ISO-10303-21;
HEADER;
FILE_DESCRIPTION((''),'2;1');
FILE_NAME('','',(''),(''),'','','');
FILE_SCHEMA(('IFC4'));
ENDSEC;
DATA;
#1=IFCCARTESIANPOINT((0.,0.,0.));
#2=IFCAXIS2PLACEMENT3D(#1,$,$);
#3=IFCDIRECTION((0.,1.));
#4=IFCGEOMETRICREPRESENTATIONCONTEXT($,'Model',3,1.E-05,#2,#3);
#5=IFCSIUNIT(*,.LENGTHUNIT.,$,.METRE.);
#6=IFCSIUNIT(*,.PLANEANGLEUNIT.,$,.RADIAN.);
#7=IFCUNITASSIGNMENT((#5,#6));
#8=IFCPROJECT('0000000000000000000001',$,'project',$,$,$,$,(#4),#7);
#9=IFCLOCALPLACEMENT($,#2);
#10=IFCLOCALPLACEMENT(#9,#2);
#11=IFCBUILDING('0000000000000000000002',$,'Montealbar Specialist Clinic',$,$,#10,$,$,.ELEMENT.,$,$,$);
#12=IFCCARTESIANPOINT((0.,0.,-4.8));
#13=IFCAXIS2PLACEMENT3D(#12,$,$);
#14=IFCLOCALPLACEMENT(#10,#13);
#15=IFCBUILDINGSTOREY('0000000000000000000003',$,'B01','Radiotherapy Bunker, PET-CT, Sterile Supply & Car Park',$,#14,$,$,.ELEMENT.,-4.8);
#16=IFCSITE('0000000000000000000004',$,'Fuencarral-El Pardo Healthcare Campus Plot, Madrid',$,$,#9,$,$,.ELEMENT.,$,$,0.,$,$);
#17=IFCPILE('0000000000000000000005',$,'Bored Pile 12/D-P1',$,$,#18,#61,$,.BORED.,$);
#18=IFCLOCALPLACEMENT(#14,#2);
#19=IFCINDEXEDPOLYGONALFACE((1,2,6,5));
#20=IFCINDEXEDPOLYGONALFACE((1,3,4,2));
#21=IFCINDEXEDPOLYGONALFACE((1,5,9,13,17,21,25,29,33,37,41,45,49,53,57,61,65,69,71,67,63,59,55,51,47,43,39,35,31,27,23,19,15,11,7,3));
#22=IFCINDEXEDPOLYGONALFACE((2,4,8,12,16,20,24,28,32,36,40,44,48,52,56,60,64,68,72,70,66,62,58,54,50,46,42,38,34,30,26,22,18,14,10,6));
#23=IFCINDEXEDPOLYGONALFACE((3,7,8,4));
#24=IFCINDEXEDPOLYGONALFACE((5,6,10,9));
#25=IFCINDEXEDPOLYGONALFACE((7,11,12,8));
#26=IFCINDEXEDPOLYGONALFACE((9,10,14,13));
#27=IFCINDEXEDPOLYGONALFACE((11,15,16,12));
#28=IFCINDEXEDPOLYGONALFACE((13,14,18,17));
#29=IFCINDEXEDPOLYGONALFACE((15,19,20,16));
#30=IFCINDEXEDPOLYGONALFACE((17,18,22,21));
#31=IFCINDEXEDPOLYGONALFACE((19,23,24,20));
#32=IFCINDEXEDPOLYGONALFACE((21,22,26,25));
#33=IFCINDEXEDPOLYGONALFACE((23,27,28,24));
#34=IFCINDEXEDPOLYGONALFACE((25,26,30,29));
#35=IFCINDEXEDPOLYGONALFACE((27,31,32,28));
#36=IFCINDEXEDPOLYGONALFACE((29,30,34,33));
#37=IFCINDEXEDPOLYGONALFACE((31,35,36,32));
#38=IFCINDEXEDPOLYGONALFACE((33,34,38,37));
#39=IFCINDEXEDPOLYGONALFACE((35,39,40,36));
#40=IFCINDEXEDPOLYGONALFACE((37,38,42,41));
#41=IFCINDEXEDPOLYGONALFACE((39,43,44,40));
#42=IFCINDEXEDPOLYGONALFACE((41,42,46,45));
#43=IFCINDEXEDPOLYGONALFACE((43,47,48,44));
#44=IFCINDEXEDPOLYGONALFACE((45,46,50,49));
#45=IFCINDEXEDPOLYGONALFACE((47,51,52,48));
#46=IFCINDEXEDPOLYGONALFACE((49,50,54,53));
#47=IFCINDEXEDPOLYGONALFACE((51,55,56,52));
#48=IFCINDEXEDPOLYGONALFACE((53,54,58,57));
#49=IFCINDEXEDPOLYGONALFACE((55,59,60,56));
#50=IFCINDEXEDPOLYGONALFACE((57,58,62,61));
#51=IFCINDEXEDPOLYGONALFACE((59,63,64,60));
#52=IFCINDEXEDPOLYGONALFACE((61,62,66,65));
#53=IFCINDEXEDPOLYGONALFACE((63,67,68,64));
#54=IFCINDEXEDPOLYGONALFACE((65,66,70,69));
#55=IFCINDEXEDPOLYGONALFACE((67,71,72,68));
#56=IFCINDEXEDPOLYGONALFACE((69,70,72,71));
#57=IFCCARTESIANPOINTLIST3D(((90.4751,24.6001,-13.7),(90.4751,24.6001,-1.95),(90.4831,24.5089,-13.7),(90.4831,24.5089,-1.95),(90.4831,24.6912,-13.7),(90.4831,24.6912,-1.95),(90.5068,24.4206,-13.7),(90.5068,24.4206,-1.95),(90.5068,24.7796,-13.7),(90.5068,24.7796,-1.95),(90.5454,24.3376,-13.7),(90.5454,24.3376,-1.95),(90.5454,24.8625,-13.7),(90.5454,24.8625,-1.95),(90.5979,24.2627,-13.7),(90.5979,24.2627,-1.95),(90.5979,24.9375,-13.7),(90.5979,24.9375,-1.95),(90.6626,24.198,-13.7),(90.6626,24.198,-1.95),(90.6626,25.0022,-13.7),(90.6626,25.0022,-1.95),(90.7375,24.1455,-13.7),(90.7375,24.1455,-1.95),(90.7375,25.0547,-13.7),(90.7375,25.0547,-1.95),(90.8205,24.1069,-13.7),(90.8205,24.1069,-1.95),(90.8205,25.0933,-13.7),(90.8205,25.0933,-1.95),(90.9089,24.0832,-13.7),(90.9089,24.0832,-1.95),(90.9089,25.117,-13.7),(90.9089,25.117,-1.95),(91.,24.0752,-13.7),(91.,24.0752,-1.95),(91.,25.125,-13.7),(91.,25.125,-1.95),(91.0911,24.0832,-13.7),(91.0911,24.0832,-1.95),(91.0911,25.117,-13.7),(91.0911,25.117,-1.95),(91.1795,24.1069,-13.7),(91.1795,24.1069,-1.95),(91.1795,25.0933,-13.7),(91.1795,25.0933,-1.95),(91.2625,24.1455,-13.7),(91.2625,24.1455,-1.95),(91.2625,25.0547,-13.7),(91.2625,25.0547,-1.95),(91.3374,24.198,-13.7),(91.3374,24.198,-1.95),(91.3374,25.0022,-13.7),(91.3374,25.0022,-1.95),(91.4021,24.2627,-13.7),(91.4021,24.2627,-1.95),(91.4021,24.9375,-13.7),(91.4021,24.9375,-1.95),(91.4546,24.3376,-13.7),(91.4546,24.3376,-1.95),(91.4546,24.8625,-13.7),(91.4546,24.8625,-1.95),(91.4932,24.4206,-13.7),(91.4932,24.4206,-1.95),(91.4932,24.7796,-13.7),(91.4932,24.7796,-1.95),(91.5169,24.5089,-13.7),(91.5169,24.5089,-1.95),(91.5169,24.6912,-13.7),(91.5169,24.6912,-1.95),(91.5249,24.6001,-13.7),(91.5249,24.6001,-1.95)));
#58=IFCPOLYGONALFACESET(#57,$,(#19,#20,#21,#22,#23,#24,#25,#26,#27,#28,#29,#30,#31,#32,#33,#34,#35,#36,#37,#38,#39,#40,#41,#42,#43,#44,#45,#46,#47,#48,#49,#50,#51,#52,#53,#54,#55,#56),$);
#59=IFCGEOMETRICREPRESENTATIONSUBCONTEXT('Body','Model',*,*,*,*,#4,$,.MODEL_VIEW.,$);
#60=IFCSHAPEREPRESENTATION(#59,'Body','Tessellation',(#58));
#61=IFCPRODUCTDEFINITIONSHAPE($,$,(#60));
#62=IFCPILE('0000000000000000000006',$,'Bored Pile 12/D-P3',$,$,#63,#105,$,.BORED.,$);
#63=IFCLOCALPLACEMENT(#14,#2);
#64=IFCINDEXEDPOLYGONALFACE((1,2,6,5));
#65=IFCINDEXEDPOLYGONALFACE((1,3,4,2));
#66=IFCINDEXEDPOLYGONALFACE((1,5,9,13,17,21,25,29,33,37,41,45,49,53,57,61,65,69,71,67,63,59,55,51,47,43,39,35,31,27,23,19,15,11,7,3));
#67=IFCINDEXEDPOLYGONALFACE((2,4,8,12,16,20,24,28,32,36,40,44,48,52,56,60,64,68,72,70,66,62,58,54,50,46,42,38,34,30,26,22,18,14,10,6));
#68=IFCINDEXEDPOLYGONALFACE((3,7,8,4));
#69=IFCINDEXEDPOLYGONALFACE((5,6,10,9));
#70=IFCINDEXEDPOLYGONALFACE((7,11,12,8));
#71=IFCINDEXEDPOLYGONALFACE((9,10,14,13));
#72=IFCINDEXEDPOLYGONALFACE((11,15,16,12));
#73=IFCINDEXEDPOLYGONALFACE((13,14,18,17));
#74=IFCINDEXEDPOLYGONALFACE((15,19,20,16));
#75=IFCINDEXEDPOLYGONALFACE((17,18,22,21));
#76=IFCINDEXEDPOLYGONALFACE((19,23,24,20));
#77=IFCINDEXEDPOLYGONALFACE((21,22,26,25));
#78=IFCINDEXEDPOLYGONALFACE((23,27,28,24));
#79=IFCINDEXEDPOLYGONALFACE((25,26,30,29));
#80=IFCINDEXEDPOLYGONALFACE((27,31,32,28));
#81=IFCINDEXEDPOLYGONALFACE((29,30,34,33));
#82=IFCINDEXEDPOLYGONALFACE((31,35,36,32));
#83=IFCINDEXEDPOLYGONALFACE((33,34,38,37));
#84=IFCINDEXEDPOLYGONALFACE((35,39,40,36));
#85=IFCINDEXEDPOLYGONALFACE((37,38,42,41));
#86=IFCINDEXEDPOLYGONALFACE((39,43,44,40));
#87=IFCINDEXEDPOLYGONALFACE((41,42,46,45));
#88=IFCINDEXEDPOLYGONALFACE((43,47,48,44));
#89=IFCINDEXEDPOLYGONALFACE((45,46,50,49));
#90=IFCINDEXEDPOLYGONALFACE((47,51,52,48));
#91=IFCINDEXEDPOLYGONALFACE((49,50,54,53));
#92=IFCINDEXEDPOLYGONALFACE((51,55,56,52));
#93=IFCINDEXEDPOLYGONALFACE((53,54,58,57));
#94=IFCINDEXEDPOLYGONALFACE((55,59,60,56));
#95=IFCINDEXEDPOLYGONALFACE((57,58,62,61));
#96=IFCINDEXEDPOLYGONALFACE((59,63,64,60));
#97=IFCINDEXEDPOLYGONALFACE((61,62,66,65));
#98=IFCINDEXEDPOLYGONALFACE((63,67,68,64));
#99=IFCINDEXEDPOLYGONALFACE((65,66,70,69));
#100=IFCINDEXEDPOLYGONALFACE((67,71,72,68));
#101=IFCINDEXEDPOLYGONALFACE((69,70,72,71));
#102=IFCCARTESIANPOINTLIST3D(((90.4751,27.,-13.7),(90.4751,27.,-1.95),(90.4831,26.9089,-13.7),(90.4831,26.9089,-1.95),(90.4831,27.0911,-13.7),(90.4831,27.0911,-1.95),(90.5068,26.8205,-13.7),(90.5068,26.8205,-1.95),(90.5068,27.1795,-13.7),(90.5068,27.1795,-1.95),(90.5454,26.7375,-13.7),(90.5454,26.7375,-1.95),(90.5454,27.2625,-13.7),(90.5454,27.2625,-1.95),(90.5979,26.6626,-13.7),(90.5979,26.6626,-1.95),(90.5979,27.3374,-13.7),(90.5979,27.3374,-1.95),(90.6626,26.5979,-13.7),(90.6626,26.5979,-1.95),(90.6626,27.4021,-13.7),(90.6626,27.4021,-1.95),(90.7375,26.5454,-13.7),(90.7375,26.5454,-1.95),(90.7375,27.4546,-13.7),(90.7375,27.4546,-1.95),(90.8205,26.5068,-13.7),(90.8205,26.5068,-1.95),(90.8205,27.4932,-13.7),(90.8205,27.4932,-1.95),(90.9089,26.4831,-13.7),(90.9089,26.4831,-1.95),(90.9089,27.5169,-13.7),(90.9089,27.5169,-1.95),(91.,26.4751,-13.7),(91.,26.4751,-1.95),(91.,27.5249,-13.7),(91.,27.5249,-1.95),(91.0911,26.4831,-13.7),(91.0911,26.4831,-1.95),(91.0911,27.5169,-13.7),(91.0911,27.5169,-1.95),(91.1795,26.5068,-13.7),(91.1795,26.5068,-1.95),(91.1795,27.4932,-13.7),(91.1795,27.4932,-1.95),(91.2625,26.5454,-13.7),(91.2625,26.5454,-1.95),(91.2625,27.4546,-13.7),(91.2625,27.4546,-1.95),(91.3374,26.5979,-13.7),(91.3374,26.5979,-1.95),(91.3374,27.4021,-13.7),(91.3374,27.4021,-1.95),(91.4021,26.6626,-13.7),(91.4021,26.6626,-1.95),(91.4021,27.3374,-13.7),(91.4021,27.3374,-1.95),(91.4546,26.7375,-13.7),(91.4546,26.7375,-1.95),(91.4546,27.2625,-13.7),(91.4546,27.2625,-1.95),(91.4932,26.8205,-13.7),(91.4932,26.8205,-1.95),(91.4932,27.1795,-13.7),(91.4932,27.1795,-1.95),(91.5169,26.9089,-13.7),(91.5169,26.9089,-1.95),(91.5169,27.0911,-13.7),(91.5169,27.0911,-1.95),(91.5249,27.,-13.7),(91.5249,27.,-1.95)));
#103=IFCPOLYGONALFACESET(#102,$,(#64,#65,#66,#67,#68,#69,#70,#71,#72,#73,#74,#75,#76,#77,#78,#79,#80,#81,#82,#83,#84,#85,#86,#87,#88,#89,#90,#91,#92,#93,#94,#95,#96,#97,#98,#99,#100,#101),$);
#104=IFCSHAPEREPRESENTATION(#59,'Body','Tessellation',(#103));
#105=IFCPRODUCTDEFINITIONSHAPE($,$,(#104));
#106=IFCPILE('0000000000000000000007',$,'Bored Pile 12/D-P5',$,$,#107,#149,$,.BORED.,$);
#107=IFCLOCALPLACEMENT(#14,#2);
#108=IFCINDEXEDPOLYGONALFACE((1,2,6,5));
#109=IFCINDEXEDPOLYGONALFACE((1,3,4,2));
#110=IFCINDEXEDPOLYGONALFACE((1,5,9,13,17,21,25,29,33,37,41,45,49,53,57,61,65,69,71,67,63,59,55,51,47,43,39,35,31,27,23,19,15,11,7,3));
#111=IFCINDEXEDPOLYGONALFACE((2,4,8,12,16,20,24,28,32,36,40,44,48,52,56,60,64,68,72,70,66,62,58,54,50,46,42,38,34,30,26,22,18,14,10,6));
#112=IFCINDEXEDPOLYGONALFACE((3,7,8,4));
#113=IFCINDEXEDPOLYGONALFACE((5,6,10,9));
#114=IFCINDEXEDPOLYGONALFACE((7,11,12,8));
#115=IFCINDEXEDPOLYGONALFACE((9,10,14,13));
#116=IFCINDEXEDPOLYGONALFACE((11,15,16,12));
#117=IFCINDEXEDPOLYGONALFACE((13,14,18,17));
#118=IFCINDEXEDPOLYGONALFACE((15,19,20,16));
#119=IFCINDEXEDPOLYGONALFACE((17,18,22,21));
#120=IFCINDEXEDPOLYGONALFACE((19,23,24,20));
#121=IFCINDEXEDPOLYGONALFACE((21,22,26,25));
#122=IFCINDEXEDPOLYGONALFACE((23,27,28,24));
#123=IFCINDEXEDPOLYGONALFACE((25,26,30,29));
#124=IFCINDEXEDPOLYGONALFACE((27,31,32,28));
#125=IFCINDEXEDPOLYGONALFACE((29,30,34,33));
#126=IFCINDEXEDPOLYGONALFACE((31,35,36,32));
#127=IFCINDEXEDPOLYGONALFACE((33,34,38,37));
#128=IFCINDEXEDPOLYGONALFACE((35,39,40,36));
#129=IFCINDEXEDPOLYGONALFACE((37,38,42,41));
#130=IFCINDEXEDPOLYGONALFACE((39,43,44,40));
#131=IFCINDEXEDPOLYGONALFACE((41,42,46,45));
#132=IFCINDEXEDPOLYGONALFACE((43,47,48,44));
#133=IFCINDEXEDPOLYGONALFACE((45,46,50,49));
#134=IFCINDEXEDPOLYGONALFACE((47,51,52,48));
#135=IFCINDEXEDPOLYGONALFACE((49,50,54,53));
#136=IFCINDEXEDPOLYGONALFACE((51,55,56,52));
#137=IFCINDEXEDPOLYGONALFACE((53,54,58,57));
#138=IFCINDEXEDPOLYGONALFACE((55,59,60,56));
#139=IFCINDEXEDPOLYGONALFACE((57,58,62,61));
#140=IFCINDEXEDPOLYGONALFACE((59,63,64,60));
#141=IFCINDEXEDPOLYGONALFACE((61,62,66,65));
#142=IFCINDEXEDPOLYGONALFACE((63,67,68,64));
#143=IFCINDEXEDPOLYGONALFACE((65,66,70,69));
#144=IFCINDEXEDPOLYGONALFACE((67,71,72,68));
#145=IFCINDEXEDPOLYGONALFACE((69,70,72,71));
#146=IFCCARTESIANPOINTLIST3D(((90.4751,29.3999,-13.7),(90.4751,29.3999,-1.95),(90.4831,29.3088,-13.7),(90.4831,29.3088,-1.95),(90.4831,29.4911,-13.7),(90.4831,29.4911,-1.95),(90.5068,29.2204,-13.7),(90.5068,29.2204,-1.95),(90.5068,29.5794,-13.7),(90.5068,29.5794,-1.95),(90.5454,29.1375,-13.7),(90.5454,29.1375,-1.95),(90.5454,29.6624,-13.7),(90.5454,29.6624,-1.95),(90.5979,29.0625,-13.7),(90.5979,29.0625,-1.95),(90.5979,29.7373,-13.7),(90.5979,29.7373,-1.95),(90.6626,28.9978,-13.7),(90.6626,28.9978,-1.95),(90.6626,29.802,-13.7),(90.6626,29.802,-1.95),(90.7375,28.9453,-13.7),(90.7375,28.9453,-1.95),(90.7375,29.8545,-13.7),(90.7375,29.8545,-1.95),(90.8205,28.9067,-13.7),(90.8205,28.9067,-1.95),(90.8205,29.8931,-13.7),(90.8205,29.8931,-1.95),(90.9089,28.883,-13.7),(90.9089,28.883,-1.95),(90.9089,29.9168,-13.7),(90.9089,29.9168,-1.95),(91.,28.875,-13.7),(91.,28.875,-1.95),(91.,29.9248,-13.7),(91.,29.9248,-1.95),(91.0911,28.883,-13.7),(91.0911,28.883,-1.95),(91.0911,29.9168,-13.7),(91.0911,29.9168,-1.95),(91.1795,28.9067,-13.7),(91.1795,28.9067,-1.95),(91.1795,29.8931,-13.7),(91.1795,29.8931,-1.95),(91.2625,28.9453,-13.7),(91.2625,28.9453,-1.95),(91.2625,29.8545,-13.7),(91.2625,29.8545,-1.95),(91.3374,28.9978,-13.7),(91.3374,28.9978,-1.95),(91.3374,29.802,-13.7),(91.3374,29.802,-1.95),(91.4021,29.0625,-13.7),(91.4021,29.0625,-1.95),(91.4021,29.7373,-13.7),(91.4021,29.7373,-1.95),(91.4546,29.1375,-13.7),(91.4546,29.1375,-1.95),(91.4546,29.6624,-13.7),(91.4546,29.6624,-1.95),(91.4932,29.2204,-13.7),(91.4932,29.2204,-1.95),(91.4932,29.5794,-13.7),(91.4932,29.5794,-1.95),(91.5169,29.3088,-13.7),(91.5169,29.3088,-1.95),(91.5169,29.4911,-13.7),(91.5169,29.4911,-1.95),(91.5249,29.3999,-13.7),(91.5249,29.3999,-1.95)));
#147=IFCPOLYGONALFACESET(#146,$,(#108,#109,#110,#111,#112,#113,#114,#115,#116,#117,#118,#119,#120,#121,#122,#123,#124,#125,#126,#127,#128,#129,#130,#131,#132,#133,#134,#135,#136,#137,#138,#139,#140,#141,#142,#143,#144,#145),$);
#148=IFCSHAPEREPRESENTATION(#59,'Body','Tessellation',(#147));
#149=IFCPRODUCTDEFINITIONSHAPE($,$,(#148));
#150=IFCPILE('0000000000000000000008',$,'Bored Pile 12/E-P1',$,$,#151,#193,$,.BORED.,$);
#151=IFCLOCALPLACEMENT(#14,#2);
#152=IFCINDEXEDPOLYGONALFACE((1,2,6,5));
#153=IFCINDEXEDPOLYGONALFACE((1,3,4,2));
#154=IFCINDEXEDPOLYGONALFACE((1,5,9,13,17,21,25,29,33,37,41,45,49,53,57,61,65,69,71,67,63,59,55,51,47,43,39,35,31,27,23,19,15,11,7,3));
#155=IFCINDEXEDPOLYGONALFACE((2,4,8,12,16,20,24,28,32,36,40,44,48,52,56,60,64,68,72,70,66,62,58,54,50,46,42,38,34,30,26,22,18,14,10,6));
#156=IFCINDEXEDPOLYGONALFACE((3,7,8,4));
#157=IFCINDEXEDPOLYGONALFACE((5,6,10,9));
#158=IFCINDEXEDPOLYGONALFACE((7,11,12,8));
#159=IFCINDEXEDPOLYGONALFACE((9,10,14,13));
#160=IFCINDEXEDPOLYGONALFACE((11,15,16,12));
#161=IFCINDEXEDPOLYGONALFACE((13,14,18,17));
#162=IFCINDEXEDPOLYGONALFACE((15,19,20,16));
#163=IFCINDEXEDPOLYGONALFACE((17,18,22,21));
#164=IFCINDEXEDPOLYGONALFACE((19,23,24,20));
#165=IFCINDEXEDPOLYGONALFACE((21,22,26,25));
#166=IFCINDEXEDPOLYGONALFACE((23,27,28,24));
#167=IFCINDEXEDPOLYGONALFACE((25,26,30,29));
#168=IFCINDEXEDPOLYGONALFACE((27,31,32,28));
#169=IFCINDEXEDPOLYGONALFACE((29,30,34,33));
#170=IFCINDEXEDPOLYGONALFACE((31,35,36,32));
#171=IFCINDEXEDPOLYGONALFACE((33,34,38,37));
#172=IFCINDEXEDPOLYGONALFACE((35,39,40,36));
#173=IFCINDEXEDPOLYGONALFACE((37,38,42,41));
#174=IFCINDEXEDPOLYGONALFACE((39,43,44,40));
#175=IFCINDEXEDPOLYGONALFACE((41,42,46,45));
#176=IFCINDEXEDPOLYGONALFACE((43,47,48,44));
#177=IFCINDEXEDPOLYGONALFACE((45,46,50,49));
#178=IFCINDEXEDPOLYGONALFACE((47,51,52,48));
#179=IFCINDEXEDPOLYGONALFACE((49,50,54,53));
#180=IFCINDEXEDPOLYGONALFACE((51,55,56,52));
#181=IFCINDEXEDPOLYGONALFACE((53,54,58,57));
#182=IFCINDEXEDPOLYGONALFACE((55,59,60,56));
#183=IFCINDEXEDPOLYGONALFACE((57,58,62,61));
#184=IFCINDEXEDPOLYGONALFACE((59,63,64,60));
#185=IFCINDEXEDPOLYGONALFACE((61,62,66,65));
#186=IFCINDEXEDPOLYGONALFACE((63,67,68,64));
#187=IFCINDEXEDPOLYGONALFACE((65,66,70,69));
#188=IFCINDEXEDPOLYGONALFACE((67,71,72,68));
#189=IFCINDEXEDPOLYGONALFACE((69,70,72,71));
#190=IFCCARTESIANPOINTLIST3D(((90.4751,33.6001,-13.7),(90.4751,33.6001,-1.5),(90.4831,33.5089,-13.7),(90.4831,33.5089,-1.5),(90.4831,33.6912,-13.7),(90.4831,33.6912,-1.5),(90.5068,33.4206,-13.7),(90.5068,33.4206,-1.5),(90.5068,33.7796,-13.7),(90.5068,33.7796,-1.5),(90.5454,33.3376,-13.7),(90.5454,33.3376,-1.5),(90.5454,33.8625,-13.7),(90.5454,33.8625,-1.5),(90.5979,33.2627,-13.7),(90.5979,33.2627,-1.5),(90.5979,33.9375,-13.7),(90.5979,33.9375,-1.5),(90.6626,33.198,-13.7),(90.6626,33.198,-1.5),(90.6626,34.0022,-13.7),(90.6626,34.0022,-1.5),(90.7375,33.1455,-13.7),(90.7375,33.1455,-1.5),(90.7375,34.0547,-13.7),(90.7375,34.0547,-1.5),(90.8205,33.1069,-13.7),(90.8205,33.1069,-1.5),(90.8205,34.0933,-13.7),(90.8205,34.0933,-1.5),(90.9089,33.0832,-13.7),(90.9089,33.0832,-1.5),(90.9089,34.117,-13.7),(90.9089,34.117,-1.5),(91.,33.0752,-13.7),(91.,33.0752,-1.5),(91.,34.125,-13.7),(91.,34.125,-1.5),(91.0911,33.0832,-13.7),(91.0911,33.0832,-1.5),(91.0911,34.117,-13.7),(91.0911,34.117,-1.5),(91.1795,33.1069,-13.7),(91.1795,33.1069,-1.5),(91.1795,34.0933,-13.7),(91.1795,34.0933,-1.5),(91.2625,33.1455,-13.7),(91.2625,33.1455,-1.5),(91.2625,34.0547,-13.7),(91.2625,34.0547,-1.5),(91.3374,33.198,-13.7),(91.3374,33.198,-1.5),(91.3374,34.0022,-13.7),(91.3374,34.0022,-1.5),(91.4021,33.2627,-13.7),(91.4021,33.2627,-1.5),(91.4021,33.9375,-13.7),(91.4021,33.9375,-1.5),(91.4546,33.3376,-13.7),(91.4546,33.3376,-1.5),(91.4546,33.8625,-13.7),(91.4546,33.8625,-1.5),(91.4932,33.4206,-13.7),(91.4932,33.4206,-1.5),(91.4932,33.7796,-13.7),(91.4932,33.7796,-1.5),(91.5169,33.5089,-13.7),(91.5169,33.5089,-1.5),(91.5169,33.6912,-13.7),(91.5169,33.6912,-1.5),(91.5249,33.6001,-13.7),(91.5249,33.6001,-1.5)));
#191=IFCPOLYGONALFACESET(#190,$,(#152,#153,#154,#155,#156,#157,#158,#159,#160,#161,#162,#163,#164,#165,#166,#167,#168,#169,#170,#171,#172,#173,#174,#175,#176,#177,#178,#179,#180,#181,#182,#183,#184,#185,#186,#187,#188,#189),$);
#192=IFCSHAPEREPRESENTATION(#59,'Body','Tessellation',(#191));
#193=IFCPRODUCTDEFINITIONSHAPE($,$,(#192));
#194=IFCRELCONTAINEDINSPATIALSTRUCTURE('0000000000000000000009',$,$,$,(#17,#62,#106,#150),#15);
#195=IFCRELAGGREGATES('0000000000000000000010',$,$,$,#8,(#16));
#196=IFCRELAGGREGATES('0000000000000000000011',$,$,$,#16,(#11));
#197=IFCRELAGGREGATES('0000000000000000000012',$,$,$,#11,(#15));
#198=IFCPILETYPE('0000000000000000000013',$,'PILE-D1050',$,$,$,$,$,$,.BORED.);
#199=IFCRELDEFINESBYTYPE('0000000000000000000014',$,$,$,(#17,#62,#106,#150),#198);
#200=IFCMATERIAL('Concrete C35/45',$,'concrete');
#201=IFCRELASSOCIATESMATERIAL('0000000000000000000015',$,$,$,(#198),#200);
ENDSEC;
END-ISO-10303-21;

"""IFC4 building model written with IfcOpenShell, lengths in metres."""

from ifc_helpers import new_model, si_unit, direction, frame, origin, origin_2d, place, context, subcontext, project, spatial, circle, extrude, material, material_profile, profile_set, type_object, element, save


model = new_model("IFC4")

# Units and contexts
model_context = context("Model", 3, precision=1e-05, world=origin(), true_north=direction((0.0, 1.0)))
body_context = subcontext(model_context, "Body", "Model", "MODEL_VIEW")
ifc_project = project(units=[si_unit("LENGTHUNIT", "METRE"), si_unit("PLANEANGLEUNIT", "RADIAN")], contexts=[model_context])

# Site, building, storey
site_placement = place(None, origin())
site = spatial("IfcSite", under=ifc_project, at=site_placement, Name="Fuencarral-El Pardo Healthcare Campus Plot, Madrid", CompositionType="ELEMENT", RefElevation=0.0)
building_placement = place(site_placement, origin())
building = spatial("IfcBuilding", under=site, at=building_placement, Name="Montealbar Specialist Clinic", CompositionType="ELEMENT")
storey_placement = place(building_placement, frame((0.0, 0.0, -4.8)))
storey = spatial("IfcBuildingStorey", under=building, at=storey_placement, Name="B01", Description="Radiotherapy Bunker, PET-CT, Sterile Supply & Car Park", CompositionType="ELEMENT", Elevation=-4.8)

# Piles
ifc_material_1 = material(Name="Concrete C35/45", Category="concrete")
ifc_material_profile_1 = material_profile(ifc_material_1, circle(Radius=0.5249, at=origin_2d()), Name="PILE D1050", Category="concrete")
ifc_profile_set_1 = profile_set([ifc_material_profile_1], Name="Concrete C35/45")
pile_type = type_object("IfcPileType", Name="PILE-D1050", PredefinedType="BORED", material=ifc_profile_set_1)
for number, where, z_axis, x_axis, name in (
    (1, (91.0, 24.6001, -1.95), (0.0, 0.0, -1.0), (1.0, 0.0, 0.0), "Bored Pile 12/D-P1"),
    (2, (91.0, 27.0, -1.95), (0.0, 0.0, -1.0), (1.0, 0.0, 0.0), "Bored Pile 12/D-P3"),
    (3, (91.0, 29.3999, -1.95), (0.0, 0.0, -1.0), (1.0, 0.0, 0.0), "Bored Pile 12/D-P5"),
):
    element("IfcPile", number, at=place(storey_placement, frame(where, z_axis=z_axis, x_axis=x_axis)), inside=storey, type_object=pile_type, Name=name, PredefinedType="BORED", context=body_context, shape_type="SweptSolid", body=[
        extrude(circle(Radius=0.5249, at=origin_2d()), origin(), (0.0, 0.0, 1.0), 11.75),
    ])
pile_placement = place(storey_placement, frame((91.0, 33.6001, -1.5), z_axis=(0.0, 0.0, -1.0), x_axis=(1.0, 0.0, 0.0)))
element("IfcPile", 4, at=pile_placement, inside=storey, type_object=pile_type, Name="Bored Pile 12/E-P1", PredefinedType="BORED", context=body_context, shape_type="SweptSolid", body=[
    extrude(circle(Radius=0.5249, at=origin_2d()), origin(), (0.0, 0.0, 1.0), 12.2),
])

save(model, "model.ifc")
